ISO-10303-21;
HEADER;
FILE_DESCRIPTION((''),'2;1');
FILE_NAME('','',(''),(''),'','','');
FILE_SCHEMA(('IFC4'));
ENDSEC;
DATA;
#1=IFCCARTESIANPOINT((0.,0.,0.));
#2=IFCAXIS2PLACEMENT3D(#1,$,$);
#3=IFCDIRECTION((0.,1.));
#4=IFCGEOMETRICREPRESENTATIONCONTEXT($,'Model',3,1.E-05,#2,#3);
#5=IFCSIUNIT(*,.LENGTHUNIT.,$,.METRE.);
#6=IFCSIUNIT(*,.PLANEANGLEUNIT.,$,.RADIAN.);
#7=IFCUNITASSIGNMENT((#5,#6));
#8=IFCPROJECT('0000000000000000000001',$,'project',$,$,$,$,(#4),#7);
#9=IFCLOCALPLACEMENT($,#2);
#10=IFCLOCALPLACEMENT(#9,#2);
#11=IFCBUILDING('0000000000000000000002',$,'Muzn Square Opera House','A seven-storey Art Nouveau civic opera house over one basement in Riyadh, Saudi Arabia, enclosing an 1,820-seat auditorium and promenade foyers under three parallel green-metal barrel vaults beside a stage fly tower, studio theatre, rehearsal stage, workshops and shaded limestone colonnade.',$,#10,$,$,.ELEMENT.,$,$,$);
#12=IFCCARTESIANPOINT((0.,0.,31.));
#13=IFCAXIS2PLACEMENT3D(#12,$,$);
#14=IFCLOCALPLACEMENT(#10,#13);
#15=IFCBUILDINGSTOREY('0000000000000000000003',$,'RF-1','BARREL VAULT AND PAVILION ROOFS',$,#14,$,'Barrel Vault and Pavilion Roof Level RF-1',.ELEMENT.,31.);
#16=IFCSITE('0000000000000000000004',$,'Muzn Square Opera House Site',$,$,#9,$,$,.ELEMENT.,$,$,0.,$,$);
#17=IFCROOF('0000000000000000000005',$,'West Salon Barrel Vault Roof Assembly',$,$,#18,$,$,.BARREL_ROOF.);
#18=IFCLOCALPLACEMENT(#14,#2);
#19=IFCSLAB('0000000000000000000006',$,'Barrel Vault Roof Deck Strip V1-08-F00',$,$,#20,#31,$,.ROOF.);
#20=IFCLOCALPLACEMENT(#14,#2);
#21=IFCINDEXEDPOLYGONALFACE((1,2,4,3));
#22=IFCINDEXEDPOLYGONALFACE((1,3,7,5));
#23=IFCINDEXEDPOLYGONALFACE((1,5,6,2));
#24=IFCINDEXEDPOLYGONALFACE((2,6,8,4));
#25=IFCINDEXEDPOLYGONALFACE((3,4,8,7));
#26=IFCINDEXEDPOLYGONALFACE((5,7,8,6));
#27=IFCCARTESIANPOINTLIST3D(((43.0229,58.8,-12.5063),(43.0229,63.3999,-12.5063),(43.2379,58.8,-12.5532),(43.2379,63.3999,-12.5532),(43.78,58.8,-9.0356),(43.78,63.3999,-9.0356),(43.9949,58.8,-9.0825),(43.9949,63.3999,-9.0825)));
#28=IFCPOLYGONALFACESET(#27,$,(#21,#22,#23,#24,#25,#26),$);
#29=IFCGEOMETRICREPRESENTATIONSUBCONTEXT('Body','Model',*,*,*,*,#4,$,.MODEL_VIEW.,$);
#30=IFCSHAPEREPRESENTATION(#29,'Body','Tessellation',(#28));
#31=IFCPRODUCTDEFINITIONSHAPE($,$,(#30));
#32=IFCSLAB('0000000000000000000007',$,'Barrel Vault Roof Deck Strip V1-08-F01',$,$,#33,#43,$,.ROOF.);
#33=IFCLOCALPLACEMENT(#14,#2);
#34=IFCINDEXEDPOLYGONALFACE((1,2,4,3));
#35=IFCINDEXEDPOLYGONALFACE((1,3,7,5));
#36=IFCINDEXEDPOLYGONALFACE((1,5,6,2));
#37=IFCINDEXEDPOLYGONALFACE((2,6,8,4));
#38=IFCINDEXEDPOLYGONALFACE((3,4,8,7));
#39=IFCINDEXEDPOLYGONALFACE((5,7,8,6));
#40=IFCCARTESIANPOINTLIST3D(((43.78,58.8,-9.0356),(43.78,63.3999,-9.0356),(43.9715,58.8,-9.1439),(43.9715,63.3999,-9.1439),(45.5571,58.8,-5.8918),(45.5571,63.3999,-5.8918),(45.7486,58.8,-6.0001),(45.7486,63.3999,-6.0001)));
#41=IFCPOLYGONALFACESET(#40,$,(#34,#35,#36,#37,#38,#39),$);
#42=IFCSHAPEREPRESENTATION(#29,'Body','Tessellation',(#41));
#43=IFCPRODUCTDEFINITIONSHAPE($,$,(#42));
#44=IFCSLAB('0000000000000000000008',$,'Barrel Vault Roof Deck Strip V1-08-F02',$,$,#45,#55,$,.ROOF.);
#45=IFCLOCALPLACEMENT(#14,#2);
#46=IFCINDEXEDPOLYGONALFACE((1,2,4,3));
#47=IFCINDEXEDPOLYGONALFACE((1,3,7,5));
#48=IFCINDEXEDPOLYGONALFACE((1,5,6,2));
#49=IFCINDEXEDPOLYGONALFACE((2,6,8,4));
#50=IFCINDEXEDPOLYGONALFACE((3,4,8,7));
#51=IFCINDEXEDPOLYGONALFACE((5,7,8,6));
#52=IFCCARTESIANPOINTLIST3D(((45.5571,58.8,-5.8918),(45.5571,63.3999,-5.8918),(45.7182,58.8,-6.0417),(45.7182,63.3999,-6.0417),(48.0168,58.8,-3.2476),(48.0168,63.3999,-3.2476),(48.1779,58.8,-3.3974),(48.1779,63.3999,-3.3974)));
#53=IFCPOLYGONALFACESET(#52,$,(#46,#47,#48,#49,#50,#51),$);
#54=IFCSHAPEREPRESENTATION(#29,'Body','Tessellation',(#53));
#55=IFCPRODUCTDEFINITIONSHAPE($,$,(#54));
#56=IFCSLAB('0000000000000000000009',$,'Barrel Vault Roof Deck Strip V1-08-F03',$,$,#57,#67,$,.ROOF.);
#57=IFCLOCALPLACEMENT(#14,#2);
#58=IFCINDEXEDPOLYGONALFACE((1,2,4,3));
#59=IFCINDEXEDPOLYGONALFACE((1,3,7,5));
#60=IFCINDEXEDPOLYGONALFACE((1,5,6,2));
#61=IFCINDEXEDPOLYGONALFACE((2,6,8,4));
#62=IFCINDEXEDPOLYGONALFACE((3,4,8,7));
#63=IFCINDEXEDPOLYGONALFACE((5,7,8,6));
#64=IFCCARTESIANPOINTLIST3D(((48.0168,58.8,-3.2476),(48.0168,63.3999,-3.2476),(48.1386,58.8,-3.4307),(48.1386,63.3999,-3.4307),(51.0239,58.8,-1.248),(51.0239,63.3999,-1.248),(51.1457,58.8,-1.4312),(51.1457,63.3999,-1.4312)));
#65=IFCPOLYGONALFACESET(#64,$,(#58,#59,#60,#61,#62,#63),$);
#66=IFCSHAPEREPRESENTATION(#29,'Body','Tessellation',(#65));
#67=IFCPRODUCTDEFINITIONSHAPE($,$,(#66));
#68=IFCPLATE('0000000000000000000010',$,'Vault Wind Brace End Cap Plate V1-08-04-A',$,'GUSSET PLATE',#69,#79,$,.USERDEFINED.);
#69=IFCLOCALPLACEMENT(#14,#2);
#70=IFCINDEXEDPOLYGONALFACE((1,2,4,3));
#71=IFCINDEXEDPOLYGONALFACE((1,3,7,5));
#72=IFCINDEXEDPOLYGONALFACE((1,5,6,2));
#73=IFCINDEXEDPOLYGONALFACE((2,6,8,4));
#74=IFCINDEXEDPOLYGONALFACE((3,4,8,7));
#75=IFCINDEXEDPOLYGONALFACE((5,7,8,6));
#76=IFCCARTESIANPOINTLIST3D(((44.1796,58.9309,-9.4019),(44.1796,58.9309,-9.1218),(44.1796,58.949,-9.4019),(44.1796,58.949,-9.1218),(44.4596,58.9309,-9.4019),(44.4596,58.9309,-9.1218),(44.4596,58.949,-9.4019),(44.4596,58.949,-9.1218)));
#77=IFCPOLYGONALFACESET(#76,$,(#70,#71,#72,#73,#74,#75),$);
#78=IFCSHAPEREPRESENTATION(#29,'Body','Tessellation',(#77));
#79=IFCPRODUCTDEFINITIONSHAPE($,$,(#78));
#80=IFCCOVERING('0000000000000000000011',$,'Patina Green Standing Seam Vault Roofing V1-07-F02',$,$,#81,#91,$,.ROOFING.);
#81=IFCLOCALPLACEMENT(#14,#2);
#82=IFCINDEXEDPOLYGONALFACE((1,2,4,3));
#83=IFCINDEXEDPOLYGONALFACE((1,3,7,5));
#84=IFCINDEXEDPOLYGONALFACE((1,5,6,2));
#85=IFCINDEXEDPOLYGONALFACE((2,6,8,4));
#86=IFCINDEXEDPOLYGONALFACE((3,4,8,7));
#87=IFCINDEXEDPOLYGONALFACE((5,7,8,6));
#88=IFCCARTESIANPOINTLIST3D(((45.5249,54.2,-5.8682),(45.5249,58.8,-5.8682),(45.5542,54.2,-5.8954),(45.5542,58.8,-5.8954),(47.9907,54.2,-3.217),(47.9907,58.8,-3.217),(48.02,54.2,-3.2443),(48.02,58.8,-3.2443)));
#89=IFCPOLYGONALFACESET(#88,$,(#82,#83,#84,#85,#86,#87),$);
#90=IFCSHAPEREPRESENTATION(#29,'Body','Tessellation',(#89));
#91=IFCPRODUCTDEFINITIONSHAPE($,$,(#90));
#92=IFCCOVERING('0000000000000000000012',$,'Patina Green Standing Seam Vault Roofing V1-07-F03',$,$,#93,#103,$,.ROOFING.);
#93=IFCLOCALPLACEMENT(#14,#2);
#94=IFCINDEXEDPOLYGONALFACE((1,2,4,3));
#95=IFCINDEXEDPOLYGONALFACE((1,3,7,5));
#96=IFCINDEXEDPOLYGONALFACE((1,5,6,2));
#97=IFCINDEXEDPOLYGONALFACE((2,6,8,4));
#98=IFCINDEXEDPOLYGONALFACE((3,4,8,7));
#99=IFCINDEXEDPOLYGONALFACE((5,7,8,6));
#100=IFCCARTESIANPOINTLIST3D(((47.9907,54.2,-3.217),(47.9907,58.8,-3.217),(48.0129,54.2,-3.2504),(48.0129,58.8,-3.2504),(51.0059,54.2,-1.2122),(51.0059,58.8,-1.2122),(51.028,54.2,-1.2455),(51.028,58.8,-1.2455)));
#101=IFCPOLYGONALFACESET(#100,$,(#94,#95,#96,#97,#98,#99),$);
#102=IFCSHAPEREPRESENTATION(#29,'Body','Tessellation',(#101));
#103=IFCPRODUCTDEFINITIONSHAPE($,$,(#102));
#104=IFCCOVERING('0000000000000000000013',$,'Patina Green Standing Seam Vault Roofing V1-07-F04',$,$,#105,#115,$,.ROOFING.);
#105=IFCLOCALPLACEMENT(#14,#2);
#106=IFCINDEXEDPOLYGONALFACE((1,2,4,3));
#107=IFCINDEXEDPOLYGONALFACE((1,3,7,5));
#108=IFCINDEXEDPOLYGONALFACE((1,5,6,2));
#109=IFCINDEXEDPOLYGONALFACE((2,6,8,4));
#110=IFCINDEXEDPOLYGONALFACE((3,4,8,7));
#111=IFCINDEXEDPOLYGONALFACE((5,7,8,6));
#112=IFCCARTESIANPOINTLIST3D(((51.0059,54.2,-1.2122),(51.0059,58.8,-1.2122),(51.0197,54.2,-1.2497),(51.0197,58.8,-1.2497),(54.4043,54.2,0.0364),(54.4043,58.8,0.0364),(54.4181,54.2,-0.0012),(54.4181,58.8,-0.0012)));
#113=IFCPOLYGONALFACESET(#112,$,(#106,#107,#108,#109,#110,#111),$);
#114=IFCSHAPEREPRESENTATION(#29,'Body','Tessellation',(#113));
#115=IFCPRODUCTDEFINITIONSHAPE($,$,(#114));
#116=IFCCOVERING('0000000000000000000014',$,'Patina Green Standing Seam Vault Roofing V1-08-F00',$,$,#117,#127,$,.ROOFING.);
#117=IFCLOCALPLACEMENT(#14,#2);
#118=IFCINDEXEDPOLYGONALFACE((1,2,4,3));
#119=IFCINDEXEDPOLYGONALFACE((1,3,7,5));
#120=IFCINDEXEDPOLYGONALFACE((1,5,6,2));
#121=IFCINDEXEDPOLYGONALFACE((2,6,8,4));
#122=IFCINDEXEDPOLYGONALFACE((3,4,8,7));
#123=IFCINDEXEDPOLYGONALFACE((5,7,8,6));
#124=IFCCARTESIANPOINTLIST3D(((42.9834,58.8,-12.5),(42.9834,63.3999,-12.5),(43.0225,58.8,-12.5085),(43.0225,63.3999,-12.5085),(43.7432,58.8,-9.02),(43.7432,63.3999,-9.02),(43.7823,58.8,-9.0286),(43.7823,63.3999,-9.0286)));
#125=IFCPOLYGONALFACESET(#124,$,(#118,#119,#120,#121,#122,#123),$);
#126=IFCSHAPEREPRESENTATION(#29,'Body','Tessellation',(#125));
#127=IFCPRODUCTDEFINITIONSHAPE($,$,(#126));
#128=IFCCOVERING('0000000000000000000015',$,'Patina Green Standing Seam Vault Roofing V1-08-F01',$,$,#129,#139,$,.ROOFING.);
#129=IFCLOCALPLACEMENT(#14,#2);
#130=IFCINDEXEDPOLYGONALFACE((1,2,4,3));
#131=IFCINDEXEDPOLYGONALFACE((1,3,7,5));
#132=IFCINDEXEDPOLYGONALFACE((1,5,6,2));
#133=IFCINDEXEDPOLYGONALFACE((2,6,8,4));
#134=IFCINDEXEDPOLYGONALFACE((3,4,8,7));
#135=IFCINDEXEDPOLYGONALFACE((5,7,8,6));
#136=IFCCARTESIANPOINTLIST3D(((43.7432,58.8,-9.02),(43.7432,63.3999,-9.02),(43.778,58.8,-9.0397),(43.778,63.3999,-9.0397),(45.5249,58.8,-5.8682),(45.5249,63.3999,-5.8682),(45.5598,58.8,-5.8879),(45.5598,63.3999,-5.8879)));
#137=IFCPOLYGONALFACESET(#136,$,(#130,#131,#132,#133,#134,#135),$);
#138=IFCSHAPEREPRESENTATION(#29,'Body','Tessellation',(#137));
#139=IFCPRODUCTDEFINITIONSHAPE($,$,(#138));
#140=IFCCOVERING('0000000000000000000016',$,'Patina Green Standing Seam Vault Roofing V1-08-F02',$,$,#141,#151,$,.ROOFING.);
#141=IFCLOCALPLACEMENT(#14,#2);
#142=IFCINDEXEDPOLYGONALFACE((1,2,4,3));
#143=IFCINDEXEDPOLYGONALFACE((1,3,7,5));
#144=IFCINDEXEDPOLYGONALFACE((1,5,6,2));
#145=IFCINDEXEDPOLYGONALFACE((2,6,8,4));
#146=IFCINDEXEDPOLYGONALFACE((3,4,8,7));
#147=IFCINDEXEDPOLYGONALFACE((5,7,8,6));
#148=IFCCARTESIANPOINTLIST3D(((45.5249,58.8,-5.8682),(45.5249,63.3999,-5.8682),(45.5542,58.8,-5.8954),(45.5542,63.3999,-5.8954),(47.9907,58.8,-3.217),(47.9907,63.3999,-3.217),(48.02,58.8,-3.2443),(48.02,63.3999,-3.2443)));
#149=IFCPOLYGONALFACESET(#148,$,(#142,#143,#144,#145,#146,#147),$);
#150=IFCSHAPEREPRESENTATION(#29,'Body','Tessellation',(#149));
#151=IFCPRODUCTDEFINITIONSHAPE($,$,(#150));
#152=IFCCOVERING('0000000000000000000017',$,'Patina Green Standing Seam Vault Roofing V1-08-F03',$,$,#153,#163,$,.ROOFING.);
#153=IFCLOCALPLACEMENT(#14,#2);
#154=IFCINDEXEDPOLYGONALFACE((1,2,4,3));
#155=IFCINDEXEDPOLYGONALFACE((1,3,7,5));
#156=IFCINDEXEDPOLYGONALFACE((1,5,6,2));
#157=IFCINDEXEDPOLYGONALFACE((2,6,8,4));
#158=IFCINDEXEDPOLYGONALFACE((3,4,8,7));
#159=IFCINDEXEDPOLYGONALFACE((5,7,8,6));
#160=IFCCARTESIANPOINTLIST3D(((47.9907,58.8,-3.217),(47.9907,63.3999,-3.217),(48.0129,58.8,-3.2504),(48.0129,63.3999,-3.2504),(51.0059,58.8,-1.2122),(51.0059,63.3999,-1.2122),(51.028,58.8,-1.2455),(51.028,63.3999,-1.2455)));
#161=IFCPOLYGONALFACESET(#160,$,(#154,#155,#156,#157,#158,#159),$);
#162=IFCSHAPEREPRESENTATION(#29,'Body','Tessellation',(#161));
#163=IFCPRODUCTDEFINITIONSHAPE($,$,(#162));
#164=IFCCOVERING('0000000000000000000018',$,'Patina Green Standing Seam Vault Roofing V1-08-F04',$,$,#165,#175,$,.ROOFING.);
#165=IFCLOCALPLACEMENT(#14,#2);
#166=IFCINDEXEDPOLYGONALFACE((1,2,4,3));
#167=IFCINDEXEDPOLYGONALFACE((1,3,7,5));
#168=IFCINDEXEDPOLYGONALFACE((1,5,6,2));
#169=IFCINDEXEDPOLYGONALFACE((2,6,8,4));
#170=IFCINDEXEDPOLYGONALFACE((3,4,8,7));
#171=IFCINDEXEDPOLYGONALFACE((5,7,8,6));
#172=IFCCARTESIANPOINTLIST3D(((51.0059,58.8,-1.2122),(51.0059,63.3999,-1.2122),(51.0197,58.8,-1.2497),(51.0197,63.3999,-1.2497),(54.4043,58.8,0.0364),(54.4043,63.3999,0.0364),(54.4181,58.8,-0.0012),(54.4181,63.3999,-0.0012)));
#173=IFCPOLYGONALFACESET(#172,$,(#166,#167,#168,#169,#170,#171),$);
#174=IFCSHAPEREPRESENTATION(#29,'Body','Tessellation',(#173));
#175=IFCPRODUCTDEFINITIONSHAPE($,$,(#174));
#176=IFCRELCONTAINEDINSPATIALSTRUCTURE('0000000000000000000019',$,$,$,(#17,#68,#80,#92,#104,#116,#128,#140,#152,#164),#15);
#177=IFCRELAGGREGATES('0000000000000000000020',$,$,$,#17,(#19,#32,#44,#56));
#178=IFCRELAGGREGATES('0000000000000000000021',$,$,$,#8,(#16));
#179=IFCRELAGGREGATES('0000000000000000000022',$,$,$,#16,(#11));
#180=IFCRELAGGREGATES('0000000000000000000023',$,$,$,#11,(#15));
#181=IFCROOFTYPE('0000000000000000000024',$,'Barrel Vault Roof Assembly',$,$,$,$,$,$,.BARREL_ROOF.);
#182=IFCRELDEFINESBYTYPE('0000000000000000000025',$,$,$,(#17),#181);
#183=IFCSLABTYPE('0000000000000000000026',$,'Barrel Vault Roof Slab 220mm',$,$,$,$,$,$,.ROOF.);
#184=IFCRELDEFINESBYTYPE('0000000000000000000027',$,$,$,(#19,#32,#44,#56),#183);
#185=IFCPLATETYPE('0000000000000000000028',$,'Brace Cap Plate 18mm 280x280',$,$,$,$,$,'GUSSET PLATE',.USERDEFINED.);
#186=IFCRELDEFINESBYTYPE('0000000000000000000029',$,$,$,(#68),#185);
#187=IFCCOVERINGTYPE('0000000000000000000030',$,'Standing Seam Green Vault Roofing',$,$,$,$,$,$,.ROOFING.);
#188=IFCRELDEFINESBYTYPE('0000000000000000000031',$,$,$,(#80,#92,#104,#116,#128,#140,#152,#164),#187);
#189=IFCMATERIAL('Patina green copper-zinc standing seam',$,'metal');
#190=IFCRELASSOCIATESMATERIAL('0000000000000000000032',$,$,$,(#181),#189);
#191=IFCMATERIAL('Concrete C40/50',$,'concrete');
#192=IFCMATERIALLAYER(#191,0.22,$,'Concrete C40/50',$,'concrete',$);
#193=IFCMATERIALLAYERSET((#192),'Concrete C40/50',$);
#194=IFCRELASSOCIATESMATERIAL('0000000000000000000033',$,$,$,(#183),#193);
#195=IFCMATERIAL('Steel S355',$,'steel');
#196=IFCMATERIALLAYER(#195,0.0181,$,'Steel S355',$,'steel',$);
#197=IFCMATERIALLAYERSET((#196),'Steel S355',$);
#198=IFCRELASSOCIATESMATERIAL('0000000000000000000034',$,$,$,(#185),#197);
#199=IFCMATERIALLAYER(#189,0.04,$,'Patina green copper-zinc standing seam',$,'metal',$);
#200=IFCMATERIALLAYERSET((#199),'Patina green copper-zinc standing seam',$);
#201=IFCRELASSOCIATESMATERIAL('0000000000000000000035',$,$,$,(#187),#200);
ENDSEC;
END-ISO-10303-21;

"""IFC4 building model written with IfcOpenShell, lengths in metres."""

from ifc_helpers import new_model, si_unit, direction, frame, origin, origin_2d, place, context, subcontext, project, spatial, polyline, rectangle, outline, extrude, material, layer, layer_set, type_object, element, aggregate, save


model = new_model("IFC4")

# Units and contexts
model_context = context("Model", 3, precision=1e-05, world=origin(), true_north=direction((0.0, 1.0)))
body_context = subcontext(model_context, "Body", "Model", "MODEL_VIEW")
ifc_project = project(units=[si_unit("LENGTHUNIT", "METRE"), si_unit("PLANEANGLEUNIT", "RADIAN")], contexts=[model_context])

# Site, building, storey
site_placement = place(None, origin())
site = spatial("IfcSite", under=ifc_project, at=site_placement, Name="Muzn Square Opera House Site", CompositionType="ELEMENT", RefElevation=0.0)
building_placement = place(site_placement, origin())
building = spatial("IfcBuilding", under=site, at=building_placement, Name="Muzn Square Opera House", Description="A seven-storey Art Nouveau civic opera house over one basement in Riyadh, Saudi Arabia, enclosing an 1,820-seat auditorium and promenade foyers under three parallel green-metal barrel vaults beside a stage fly tower, studio theatre, rehearsal stage, workshops and shaded limestone colonnade.", CompositionType="ELEMENT")
storey_placement = place(building_placement, frame((0.0, 0.0, 31.0)))
storey = spatial("IfcBuildingStorey", under=building, at=storey_placement, Name="RF-1", Description="BARREL VAULT AND PAVILION ROOFS", LongName="Barrel Vault and Pavilion Roof Level RF-1", CompositionType="ELEMENT", Elevation=31.0)

# Shared definitions
ifc_material_1 = material(Name="Steel S355", Category="steel")

# Roof, slabs
ifc_material_2 = material(Name="Patina green copper-zinc standing seam", Category="metal")
roof_type = type_object("IfcRoofType", Name="Barrel Vault Roof Assembly", PredefinedType="BARREL_ROOF", material=ifc_material_2)
roof_placement = place(storey_placement, origin())
roof = element("IfcRoof", 1, at=roof_placement, inside=storey, type_object=roof_type, Name="West Salon Barrel Vault Roof Assembly", PredefinedType="BARREL_ROOF")
ifc_material_3 = material(Name="Concrete C40/50", Category="concrete")
ifc_layer_1 = layer(ifc_material_3, 0.22, Name="Concrete C40/50", Category="concrete")
ifc_layer_set_1 = layer_set([ifc_layer_1], Name="Concrete C40/50")
slab_type = type_object("IfcSlabType", Name="Barrel Vault Roof Slab 220mm", PredefinedType="ROOF", material=ifc_layer_set_1)
slab_1_placement = place(storey_placement, frame((43.78, 58.8, -9.0356), z_axis=(-0.977025, 0.0, 0.213123), x_axis=(0.0, 1.0, 0.0)))
slab_1 = element("IfcSlab", 2, at=slab_1_placement, type_object=slab_type, Name="Barrel Vault Roof Deck Strip V1-08-F00", PredefinedType="ROOF", context=body_context, shape_type="SweptSolid", body=[
    extrude(outline(polyline([(0.0, 3.5523), (0.0, 0.0), (4.5999, 0.0), (4.5999, 3.5523), (0.0, 3.5523)])), origin(), (0.0, 0.0, -1.0), 0.22),
])
slab_2_placement = place(storey_placement, frame((45.5571, 58.8, -5.8918), z_axis=(-0.870543, 0.0, 0.492093), x_axis=(0.0, 1.0, 0.0)))
slab_2 = element("IfcSlab", 3, at=slab_2_placement, type_object=slab_type, Name="Barrel Vault Roof Deck Strip V1-08-F01", PredefinedType="ROOF", context=body_context, shape_type="SweptSolid", body=[
    extrude(outline(polyline([(0.0, 3.6113), (0.0, 0.0), (4.5999, 0.0), (4.5999, 3.6113), (0.0, 3.6113)])), origin(), (0.0, 0.0, -1.0), 0.22),
])
slab_3_placement = place(storey_placement, frame((48.0168, 58.8, -3.2476), z_axis=(-0.732198, 0.0, 0.681091), x_axis=(0.0, 1.0, 0.0)))
slab_3 = element("IfcSlab", 4, at=slab_3_placement, type_object=slab_type, Name="Barrel Vault Roof Deck Strip V1-08-F02", PredefinedType="ROOF", context=body_context, shape_type="SweptSolid", body=[
    extrude(outline(polyline([(0.0, 3.6114), (0.0, 0.0), (4.5999, 0.0), (4.5999, 3.6114), (0.0, 3.6114)])), origin(), (0.0, 0.0, -1.0), 0.22),
])
slab_4_placement = place(storey_placement, frame((51.0239, 58.8, -1.248), z_axis=(-0.553701, 0.0, 0.832715), x_axis=(0.0, 1.0, 0.0)))
slab_4 = element("IfcSlab", 5, at=slab_4_placement, type_object=slab_type, Name="Barrel Vault Roof Deck Strip V1-08-F03", PredefinedType="ROOF", context=body_context, shape_type="SweptSolid", body=[
    extrude(outline(polyline([(0.0, 3.6112), (0.0, 0.0), (4.5999, 0.0), (4.5999, 3.6112), (0.0, 3.6112)])), origin(), (0.0, 0.0, -1.0), 0.22),
])
aggregate(roof, [slab_1, slab_2, slab_3, slab_4])

# Plate
ifc_layer_2 = layer(ifc_material_1, 0.0181, Name="Steel S355", Category="steel")
ifc_layer_set_2 = layer_set([ifc_layer_2], Name="Steel S355")
plate_type = type_object("IfcPlateType", Name="Brace Cap Plate 18mm 280x280", ElementType="GUSSET PLATE", PredefinedType="USERDEFINED", material=ifc_layer_set_2)
plate_placement = place(storey_placement, frame((44.3196, 58.9399, -9.4019), z_axis=(0.0, 0.0, 1.0), x_axis=(1.0, 0.0, 0.0)))
element("IfcPlate", 6, at=plate_placement, inside=storey, type_object=plate_type, Name="Vault Wind Brace End Cap Plate V1-08-04-A", ObjectType="GUSSET PLATE", PredefinedType="USERDEFINED", context=body_context, shape_type="SweptSolid", body=[
    extrude(rectangle(XDim=0.28, YDim=0.0181, at=origin_2d()), origin(), (0.0, 0.0, 1.0), 0.28),
])

# Coverings
ifc_layer_3 = layer(ifc_material_2, 0.04, Name="Patina green copper-zinc standing seam", Category="metal")
ifc_layer_set_3 = layer_set([ifc_layer_3], Name="Patina green copper-zinc standing seam")
covering_type = type_object("IfcCoveringType", Name="Standing Seam Green Vault Roofing", PredefinedType="ROOFING", material=ifc_layer_set_3)
covering_1_placement = place(storey_placement, frame((47.9907, 54.2, -3.217), z_axis=(-0.732234, 0.0, 0.681053), x_axis=(0.0, 1.0, 0.0)))
element("IfcCovering", 7, at=covering_1_placement, inside=storey, type_object=covering_type, Name="Patina Green Standing Seam Vault Roofing V1-07-F02", PredefinedType="ROOFING", context=body_context, shape_type="SweptSolid", body=[
    extrude(outline(polyline([(0.0, 3.6206), (0.0, 0.0), (4.6001, 0.0), (4.6001, 3.6206), (0.0, 3.6206)])), origin(), (0.0, 0.0, -1.0), 0.04),
])
covering_2_placement = place(storey_placement, frame((51.0059, 54.2, -1.2122), z_axis=(-0.553704, 0.0, 0.832714), x_axis=(0.0, 1.0, 0.0)))
element("IfcCovering", 8, at=covering_2_placement, inside=storey, type_object=covering_type, Name="Patina Green Standing Seam Vault Roofing V1-07-F03", PredefinedType="ROOFING", context=body_context, shape_type="SweptSolid", body=[
    extrude(outline(polyline([(0.0, 3.6209), (0.0, 0.0), (4.6001, 0.0), (4.6001, 3.6209), (0.0, 3.6209)])), origin(), (0.0, 0.0, -1.0), 0.04),
])
covering_3_placement = place(storey_placement, frame((54.4043, 54.2, 0.0364), z_axis=(-0.344849, 0.0, 0.938658), x_axis=(0.0, 1.0, 0.0)))
element("IfcCovering", 9, at=covering_3_placement, inside=storey, type_object=covering_type, Name="Patina Green Standing Seam Vault Roofing V1-07-F04", PredefinedType="ROOFING", context=body_context, shape_type="SweptSolid", body=[
    extrude(outline(polyline([(0.0, 3.6205), (0.0, 0.0), (4.6001, 0.0), (4.6001, 3.6205), (0.0, 3.6205)])), origin(), (0.0, 0.0, -1.0), 0.04),
])
covering_4_placement = place(storey_placement, frame((43.7432, 58.8, -9.02), z_axis=(-0.976987, 0.0, 0.2133), x_axis=(0.0, 1.0, 0.0)))
element("IfcCovering", 10, at=covering_4_placement, inside=storey, type_object=covering_type, Name="Patina Green Standing Seam Vault Roofing V1-08-F00", PredefinedType="ROOFING", context=body_context, shape_type="SweptSolid", body=[
    extrude(outline(polyline([(0.0, 3.562), (0.0, 0.0), (4.5999, 0.0), (4.5999, 3.562), (0.0, 3.562)])), origin(), (0.0, 0.0, -1.0), 0.04),
])
covering_5_placement = place(storey_placement, frame((45.5249, 58.8, -5.8682), z_axis=(-0.870533, 0.0, 0.492111), x_axis=(0.0, 1.0, 0.0)))
element("IfcCovering", 11, at=covering_5_placement, inside=storey, type_object=covering_type, Name="Patina Green Standing Seam Vault Roofing V1-08-F01", PredefinedType="ROOFING", context=body_context, shape_type="SweptSolid", body=[
    extrude(outline(polyline([(0.0, 3.6206), (0.0, 0.0), (4.5999, 0.0), (4.5999, 3.6206), (0.0, 3.6206)])), origin(), (0.0, 0.0, -1.0), 0.04),
])
covering_6_placement = place(storey_placement, frame((47.9907, 58.8, -3.217), z_axis=(-0.732234, 0.0, 0.681053), x_axis=(0.0, 1.0, 0.0)))
element("IfcCovering", 12, at=covering_6_placement, inside=storey, type_object=covering_type, Name="Patina Green Standing Seam Vault Roofing V1-08-F02", PredefinedType="ROOFING", context=body_context, shape_type="SweptSolid", body=[
    extrude(outline(polyline([(0.0, 3.6206), (0.0, 0.0), (4.5999, 0.0), (4.5999, 3.6206), (0.0, 3.6206)])), origin(), (0.0, 0.0, -1.0), 0.04),
])
covering_7_placement = place(storey_placement, frame((51.0059, 58.8, -1.2122), z_axis=(-0.553704, 0.0, 0.832714), x_axis=(0.0, 1.0, 0.0)))
element("IfcCovering", 13, at=covering_7_placement, inside=storey, type_object=covering_type, Name="Patina Green Standing Seam Vault Roofing V1-08-F03", PredefinedType="ROOFING", context=body_context, shape_type="SweptSolid", body=[
    extrude(outline(polyline([(0.0, 3.6209), (0.0, 0.0), (4.5999, 0.0), (4.5999, 3.6209), (0.0, 3.6209)])), origin(), (0.0, 0.0, -1.0), 0.04),
])
covering_8_placement = place(storey_placement, frame((54.4043, 58.8, 0.0364), z_axis=(-0.344849, 0.0, 0.938658), x_axis=(0.0, 1.0, 0.0)))
element("IfcCovering", 14, at=covering_8_placement, inside=storey, type_object=covering_type, Name="Patina Green Standing Seam Vault Roofing V1-08-F04", PredefinedType="ROOFING", context=body_context, shape_type="SweptSolid", body=[
    extrude(outline(polyline([(0.0, 3.6205), (0.0, 0.0), (4.5999, 0.0), (4.5999, 3.6205), (0.0, 3.6205)])), origin(), (0.0, 0.0, -1.0), 0.04),
])

save(model, "model.ifc")
